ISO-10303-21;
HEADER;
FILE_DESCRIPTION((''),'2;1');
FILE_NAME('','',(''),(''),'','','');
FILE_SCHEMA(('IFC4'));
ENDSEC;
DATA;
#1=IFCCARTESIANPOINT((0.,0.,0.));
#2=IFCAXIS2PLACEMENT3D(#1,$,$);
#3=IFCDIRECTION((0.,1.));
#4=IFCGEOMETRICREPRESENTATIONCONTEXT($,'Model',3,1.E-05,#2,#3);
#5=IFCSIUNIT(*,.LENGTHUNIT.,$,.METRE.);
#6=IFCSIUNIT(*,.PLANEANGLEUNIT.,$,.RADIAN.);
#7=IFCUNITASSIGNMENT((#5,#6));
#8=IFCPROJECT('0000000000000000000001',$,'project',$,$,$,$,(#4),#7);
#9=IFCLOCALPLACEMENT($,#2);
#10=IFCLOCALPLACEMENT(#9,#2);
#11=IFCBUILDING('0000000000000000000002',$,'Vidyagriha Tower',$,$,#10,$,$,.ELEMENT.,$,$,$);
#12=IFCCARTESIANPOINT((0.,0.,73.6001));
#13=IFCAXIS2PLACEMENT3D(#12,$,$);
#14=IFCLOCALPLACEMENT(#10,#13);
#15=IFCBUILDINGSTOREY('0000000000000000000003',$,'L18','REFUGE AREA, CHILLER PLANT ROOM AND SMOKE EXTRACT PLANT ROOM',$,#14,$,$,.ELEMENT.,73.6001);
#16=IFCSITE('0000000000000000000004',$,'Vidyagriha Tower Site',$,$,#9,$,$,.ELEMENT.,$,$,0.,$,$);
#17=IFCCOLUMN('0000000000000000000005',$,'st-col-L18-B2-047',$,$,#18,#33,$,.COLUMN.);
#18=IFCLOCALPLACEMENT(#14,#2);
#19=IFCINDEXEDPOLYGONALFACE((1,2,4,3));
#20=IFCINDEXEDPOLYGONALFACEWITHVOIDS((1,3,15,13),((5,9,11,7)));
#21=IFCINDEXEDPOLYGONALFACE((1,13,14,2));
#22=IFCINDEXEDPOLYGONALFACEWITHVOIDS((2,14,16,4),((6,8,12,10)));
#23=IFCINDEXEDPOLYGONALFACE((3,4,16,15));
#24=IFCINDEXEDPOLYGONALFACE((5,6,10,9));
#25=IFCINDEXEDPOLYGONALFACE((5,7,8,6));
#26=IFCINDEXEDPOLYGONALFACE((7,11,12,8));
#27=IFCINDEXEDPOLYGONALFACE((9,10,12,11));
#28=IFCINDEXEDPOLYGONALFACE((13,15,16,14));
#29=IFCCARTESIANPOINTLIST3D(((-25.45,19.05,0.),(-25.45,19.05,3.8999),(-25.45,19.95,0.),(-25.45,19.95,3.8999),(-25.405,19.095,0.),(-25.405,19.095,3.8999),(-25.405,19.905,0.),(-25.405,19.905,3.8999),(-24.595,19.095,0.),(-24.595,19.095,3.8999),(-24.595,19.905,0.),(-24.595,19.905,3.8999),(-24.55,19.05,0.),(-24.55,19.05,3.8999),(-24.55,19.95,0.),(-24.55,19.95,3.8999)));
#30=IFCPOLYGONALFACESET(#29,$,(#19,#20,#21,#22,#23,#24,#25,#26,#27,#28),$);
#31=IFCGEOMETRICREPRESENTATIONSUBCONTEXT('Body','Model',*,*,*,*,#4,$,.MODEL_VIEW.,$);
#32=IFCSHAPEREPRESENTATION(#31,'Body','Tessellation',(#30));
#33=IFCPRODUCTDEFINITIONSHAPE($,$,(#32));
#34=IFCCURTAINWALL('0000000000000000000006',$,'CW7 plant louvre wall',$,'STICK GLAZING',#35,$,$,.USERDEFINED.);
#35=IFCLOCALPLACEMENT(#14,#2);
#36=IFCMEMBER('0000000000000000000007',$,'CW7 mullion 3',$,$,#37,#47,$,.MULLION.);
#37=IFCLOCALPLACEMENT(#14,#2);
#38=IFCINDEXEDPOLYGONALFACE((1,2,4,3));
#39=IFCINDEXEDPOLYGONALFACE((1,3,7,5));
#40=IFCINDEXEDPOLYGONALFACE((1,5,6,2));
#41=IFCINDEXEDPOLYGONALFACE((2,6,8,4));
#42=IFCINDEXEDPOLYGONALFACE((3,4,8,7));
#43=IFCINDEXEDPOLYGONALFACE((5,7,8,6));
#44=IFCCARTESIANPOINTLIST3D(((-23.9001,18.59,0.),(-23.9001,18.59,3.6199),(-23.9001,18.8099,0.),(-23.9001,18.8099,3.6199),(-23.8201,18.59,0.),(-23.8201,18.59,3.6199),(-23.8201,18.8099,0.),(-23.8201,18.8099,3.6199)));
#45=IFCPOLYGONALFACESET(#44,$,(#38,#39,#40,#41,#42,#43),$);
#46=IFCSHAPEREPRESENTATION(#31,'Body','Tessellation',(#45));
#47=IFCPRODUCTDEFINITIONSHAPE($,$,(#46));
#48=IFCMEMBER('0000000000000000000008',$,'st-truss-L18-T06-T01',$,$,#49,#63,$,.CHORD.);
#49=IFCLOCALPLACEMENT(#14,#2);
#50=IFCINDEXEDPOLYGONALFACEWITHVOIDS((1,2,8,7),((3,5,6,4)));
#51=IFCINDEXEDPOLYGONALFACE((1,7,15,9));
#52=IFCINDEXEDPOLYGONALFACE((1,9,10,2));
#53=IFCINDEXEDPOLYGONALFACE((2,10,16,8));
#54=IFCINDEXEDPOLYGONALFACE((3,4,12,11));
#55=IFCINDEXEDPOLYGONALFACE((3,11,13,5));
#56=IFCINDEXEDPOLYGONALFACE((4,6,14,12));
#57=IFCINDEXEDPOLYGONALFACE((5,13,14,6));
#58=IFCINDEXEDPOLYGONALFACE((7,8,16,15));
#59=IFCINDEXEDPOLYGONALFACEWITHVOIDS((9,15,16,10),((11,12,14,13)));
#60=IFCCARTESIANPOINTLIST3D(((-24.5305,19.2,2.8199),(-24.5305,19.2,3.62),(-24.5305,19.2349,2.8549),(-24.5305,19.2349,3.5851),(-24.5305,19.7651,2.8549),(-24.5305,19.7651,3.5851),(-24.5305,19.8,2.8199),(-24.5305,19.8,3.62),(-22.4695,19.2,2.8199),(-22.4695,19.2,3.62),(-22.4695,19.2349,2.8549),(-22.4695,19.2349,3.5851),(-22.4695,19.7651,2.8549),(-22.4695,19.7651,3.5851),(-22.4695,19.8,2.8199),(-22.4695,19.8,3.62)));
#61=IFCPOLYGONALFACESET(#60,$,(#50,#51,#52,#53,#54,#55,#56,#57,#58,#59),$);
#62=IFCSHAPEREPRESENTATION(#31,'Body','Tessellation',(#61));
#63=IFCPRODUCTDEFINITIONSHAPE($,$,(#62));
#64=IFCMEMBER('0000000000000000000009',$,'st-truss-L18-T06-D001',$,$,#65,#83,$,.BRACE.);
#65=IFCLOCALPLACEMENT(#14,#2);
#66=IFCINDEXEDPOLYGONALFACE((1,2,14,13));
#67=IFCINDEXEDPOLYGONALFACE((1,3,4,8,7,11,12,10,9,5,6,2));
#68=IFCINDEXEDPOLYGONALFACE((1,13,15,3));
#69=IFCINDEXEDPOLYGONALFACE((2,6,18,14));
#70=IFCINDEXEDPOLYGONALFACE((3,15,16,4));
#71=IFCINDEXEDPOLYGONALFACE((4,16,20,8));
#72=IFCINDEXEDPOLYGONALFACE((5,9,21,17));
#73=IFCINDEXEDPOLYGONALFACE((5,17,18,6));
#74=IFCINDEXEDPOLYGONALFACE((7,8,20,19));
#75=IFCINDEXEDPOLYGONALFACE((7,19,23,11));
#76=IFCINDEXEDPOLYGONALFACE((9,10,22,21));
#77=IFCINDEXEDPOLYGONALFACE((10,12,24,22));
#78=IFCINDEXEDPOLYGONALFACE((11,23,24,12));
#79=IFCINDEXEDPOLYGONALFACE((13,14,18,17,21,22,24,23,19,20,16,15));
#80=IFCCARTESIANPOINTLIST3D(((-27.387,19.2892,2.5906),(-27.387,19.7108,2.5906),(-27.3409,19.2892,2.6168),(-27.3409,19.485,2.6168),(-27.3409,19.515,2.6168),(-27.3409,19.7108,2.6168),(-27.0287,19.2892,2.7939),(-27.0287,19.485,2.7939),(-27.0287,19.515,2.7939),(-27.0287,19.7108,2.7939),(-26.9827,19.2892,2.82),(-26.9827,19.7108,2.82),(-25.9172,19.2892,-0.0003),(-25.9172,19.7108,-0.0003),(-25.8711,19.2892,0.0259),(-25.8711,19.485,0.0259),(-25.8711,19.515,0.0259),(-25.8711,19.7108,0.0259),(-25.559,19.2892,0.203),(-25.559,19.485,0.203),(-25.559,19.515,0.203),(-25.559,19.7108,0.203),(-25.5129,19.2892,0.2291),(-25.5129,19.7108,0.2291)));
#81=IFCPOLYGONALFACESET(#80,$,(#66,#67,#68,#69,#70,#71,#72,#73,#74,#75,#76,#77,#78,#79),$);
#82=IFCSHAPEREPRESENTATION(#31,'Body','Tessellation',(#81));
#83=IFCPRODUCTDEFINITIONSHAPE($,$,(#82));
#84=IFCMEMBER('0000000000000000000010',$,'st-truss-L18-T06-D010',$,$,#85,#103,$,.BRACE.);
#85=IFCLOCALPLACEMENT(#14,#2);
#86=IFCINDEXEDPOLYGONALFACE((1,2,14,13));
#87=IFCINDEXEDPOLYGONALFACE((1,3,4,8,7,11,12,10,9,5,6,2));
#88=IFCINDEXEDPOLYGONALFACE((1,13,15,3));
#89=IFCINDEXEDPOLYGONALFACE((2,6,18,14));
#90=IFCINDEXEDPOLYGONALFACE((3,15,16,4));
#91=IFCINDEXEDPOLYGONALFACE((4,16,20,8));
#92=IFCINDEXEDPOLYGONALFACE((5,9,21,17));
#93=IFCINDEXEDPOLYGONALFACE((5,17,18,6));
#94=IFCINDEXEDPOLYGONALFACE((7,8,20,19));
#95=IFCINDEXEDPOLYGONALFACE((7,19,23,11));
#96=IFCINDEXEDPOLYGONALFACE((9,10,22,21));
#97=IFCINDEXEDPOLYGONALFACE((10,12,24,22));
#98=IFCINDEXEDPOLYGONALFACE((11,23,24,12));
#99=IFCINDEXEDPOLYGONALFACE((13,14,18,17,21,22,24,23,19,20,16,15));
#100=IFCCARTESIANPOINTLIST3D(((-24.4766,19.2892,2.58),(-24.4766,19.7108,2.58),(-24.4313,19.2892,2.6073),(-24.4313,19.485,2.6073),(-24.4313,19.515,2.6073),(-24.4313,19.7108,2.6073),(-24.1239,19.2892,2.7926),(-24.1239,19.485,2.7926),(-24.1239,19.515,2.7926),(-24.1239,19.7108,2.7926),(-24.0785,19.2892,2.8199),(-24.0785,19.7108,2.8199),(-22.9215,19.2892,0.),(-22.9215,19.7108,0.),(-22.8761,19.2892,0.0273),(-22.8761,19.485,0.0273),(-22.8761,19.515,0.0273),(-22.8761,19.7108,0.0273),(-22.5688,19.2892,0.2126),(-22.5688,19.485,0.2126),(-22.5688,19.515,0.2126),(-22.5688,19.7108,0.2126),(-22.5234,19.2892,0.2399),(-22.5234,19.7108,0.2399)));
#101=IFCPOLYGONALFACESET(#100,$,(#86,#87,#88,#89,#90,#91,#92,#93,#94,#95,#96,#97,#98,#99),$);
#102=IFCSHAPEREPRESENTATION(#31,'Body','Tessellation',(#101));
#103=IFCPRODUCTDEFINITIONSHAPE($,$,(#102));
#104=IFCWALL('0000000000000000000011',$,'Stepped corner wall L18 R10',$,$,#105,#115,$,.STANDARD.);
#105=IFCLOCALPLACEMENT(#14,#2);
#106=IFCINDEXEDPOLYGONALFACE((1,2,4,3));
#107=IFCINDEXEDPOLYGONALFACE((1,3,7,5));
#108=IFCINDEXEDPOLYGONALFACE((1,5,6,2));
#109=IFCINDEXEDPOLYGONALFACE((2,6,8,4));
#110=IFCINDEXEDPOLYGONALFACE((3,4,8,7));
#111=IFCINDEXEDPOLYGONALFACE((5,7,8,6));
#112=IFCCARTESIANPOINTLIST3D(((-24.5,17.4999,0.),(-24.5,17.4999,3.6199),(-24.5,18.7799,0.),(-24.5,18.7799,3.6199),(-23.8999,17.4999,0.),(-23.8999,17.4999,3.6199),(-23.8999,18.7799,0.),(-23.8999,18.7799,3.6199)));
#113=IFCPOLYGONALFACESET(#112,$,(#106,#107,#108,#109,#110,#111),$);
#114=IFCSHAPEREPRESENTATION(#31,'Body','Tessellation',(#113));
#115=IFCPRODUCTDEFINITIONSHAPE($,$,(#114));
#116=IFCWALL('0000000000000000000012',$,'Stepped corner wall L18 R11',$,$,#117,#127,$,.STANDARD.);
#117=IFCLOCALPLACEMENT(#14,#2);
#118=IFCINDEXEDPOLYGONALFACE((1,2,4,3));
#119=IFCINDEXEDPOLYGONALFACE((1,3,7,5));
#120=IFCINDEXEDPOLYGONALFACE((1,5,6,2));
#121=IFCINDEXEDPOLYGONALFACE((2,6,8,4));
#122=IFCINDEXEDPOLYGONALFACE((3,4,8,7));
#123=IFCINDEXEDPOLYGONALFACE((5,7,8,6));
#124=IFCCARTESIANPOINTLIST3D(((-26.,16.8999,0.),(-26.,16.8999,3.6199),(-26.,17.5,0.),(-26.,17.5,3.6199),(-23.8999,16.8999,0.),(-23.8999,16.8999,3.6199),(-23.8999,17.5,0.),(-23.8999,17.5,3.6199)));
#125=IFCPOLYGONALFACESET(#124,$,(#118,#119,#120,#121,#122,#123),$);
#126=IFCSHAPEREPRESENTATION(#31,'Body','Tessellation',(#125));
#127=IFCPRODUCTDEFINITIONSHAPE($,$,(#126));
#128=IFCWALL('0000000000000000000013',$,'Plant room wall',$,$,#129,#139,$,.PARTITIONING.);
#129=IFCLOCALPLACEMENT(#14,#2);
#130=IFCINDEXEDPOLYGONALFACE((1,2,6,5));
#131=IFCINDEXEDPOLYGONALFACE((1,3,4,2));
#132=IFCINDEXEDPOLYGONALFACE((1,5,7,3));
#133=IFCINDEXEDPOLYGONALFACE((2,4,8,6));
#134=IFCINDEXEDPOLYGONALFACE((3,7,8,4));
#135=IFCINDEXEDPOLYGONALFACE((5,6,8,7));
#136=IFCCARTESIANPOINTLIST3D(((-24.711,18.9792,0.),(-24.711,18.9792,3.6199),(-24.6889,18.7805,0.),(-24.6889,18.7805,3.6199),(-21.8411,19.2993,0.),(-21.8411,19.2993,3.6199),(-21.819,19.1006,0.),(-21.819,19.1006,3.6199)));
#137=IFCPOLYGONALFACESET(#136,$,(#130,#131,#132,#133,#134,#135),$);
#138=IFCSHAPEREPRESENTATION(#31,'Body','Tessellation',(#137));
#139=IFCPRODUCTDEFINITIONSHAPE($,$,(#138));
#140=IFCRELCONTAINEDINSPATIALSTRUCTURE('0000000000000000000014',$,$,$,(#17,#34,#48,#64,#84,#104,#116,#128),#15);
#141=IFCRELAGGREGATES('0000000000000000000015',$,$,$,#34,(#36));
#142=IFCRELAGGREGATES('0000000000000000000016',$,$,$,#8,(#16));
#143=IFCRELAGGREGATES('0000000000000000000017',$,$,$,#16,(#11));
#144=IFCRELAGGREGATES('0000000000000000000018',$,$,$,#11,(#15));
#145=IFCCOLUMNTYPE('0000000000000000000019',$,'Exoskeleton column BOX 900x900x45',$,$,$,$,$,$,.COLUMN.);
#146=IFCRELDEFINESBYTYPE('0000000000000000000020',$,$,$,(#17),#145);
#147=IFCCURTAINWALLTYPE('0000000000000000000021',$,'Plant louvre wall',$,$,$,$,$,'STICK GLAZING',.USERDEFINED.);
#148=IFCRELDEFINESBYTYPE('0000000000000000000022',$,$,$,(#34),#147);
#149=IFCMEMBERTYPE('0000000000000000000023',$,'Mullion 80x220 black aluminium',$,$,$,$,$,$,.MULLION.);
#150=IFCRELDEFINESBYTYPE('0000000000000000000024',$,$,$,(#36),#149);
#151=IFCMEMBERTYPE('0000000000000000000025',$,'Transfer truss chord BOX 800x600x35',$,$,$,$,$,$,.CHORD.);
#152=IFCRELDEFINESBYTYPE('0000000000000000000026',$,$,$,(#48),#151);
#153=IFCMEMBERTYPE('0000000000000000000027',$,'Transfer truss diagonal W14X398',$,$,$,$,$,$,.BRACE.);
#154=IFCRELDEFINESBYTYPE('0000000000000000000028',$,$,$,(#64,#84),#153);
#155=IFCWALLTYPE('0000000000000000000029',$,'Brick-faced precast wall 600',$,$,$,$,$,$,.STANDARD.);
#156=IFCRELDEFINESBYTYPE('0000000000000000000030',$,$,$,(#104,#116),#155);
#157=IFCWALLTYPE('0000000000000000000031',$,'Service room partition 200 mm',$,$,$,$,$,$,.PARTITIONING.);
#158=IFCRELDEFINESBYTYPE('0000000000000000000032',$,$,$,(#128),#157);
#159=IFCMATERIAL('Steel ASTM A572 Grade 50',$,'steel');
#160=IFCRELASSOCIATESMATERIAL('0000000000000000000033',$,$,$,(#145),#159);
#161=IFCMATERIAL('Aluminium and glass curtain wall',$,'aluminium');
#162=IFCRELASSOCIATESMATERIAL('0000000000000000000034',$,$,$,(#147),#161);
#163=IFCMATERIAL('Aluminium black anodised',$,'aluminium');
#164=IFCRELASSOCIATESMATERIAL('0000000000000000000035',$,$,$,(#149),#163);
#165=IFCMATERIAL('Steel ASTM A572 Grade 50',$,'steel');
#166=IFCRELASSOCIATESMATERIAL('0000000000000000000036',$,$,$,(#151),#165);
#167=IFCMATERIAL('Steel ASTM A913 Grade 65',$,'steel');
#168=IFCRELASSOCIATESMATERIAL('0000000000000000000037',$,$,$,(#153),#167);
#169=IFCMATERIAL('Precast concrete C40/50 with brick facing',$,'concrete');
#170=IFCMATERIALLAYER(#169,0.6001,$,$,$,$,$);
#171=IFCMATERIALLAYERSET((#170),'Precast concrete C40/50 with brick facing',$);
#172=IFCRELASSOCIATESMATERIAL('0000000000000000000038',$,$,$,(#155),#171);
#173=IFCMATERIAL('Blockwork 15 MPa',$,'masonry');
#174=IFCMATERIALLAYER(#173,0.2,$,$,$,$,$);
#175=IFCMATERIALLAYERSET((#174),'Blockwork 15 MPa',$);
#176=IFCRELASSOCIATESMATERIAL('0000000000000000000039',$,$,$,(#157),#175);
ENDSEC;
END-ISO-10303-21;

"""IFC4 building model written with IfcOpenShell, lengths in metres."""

from ifc_helpers import new_model, si_unit, direction, frame, frame_2d, origin, origin_2d, place, context, subcontext, project, spatial, rectangle, hollow_rectangle, i_section, extrude, material, layer, layer_set, material_profile, profile_set, type_object, element, aggregate, save


model = new_model("IFC4")

# Units and contexts
model_context = context("Model", 3, precision=1e-05, world=origin(), true_north=direction((0.0, 1.0)))
body_context = subcontext(model_context, "Body", "Model", "MODEL_VIEW")
ifc_project = project(units=[si_unit("LENGTHUNIT", "METRE"), si_unit("PLANEANGLEUNIT", "RADIAN")], contexts=[model_context])

# Site, building, storey
site_placement = place(None, origin())
site = spatial("IfcSite", under=ifc_project, at=site_placement, Name="Vidyagriha Tower Site", CompositionType="ELEMENT", RefElevation=0.0)
building_placement = place(site_placement, origin())
building = spatial("IfcBuilding", under=site, at=building_placement, Name="Vidyagriha Tower", CompositionType="ELEMENT")
storey_placement = place(building_placement, frame((0.0, 0.0, 73.6001)))
storey = spatial("IfcBuildingStorey", under=building, at=storey_placement, Name="L18", Description="REFUGE AREA, CHILLER PLANT ROOM AND SMOKE EXTRACT PLANT ROOM", CompositionType="ELEMENT", Elevation=73.6001)

# Column
ifc_material_1 = material(Name="Steel ASTM A572 Grade 50", Category="steel")
ifc_material_profile_1 = material_profile(ifc_material_1, hollow_rectangle(XDim=0.8999, YDim=0.8999, WallThickness=0.0449, at=origin_2d()), Name="BOX 900x900x45")
ifc_profile_set_1 = profile_set([ifc_material_profile_1], Name="Steel ASTM A572 Grade 50")
column_type = type_object("IfcColumnType", Name="Exoskeleton column BOX 900x900x45", PredefinedType="COLUMN", material=ifc_profile_set_1)
column_placement = place(storey_placement, frame((-25.0, 19.5, 0.0)))
element("IfcColumn", 1, at=column_placement, inside=storey, type_object=column_type, Name="st-col-L18-B2-047", PredefinedType="COLUMN", context=body_context, shape_type="SweptSolid", body=[
    extrude(hollow_rectangle(XDim=0.8999, YDim=0.8999, WallThickness=0.0449, at=origin_2d()), origin(), (0.0, 0.0, 1.0), 3.8999),
])

# Curtain wall, member
ifc_material_2 = material(Name="Aluminium and glass curtain wall", Category="aluminium")
curtain_wall_type = type_object("IfcCurtainWallType", Name="Plant louvre wall", ElementType="STICK GLAZING", PredefinedType="USERDEFINED", material=ifc_material_2)
curtain_wall_placement = place(storey_placement, origin())
curtain_wall = element("IfcCurtainWall", 2, at=curtain_wall_placement, inside=storey, type_object=curtain_wall_type, Name="CW7 plant louvre wall", ObjectType="STICK GLAZING", PredefinedType="USERDEFINED")
ifc_material_3 = material(Name="Aluminium black anodised", Category="aluminium")
ifc_material_profile_2 = material_profile(ifc_material_3, rectangle(XDim=0.22, YDim=0.0801, at=origin_2d()), Name="Mullion 80x220 black aluminium")
ifc_profile_set_2 = profile_set([ifc_material_profile_2], Name="Aluminium black anodised")
member_type_1 = type_object("IfcMemberType", Name="Mullion 80x220 black aluminium", PredefinedType="MULLION", material=ifc_profile_set_2)
member_1_placement = place(storey_placement, frame((-23.8601, 18.7, 0.0), z_axis=(0.0, 0.0, 1.0), x_axis=(0.0, -1.0, 0.0)))
member_1 = element("IfcMember", 3, at=member_1_placement, type_object=member_type_1, Name="CW7 mullion 3", PredefinedType="MULLION", context=body_context, shape_type="SweptSolid", body=[
    extrude(rectangle(XDim=0.22, YDim=0.0801, at=origin_2d()), origin(), (0.0, 0.0, 1.0), 3.6199),
])
aggregate(curtain_wall, [member_1])

# Members
ifc_material_4 = material(Name="Steel ASTM A572 Grade 50", Category="steel")
ifc_material_profile_3 = material_profile(ifc_material_4, hollow_rectangle(XDim=0.6001, YDim=0.8, WallThickness=0.0349, at=origin_2d()), Name="BOX 800x600x35")
ifc_profile_set_3 = profile_set([ifc_material_profile_3], Name="Steel ASTM A572 Grade 50")
member_type_2 = type_object("IfcMemberType", Name="Transfer truss chord BOX 800x600x35", PredefinedType="CHORD", material=ifc_profile_set_3)
member_2_placement = place(storey_placement, frame((-24.5305, 19.5, 3.22), z_axis=(1.0, 0.0, 0.0), x_axis=(0.0, 1.0, 0.0)))
element("IfcMember", 4, at=member_2_placement, inside=storey, type_object=member_type_2, Name="st-truss-L18-T06-T01", PredefinedType="CHORD", context=body_context, shape_type="SweptSolid", body=[
    extrude(hollow_rectangle(XDim=0.6001, YDim=0.8, WallThickness=0.0349, at=origin_2d()), origin(), (0.0, 0.0, 1.0), 2.061),
])
ifc_material_5 = material(Name="Steel ASTM A913 Grade 65", Category="steel")
ifc_material_profile_4 = material_profile(ifc_material_5, i_section(OverallWidth=0.4216, OverallDepth=0.4648, WebThickness=0.03, FlangeThickness=0.053, at=origin_2d()), Name="W14X398")
ifc_profile_set_4 = profile_set([ifc_material_profile_4], Name="Steel ASTM A913 Grade 65")
member_type_3 = type_object("IfcMemberType", Name="Transfer truss diagonal W14X398", PredefinedType="BRACE", material=ifc_profile_set_4)
member_3_placement = place(storey_placement, frame((-27.1848, 19.5, 2.7053), z_axis=(0.493418, 0.0, -0.869792), x_axis=(0.0, 1.0, 0.0)))
element("IfcMember", 5, at=member_3_placement, inside=storey, type_object=member_type_3, Name="st-truss-L18-T06-D001", PredefinedType="BRACE", context=body_context, shape_type="SweptSolid", body=[
    extrude(i_section(OverallWidth=0.4216, OverallDepth=0.4648, WebThickness=0.03, FlangeThickness=0.053, at=origin_2d()), origin(), (0.0, 0.0, 1.0), 2.9788),
])
member_4_placement = place(storey_placement, frame((-24.2776, 19.5, 2.7), z_axis=(0.516235, 0.0, -0.856447), x_axis=(0.0, 1.0, 0.0)))
element("IfcMember", 6, at=member_4_placement, inside=storey, type_object=member_type_3, Name="st-truss-L18-T06-D010", PredefinedType="BRACE", context=body_context, shape_type="SweptSolid", body=[
    extrude(i_section(OverallWidth=0.4216, OverallDepth=0.4648, WebThickness=0.03, FlangeThickness=0.053, at=origin_2d()), origin(), (0.0, 0.0, 1.0), 3.0125),
])

# Walls
ifc_material_6 = material(Name="Precast concrete C40/50 with brick facing", Category="concrete")
ifc_layer_1 = layer(ifc_material_6, 0.6001)
ifc_layer_set_1 = layer_set([ifc_layer_1], Name="Precast concrete C40/50 with brick facing")
wall_type_1 = type_object("IfcWallType", Name="Brick-faced precast wall 600", PredefinedType="STANDARD", material=ifc_layer_set_1)
wall_1_placement = place(storey_placement, frame((-24.2, 18.78, 0.0), z_axis=(0.0, 0.0, 1.0), x_axis=(0.0, -1.0, 0.0)))
element("IfcWall", 7, at=wall_1_placement, inside=storey, type_object=wall_type_1, Name="Stepped corner wall L18 R10", PredefinedType="STANDARD", context=body_context, shape_type="SweptSolid", body=[
    extrude(rectangle(XDim=1.28, YDim=0.6001, at=frame_2d((0.6401, 0.0))), origin(), (0.0, 0.0, 1.0), 3.6199),
])
wall_2_placement = place(storey_placement, frame((-23.8999, 17.2, 0.0), z_axis=(0.0, 0.0, 1.0), x_axis=(-1.0, 0.0, 0.0)))
element("IfcWall", 8, at=wall_2_placement, inside=storey, type_object=wall_type_1, Name="Stepped corner wall L18 R11", PredefinedType="STANDARD", context=body_context, shape_type="SweptSolid", body=[
    extrude(rectangle(XDim=2.1001, YDim=0.6001, at=frame_2d((1.05, 0.0))), origin(), (0.0, 0.0, 1.0), 3.6199),
])
ifc_material_7 = material(Name="Blockwork 15 MPa", Category="masonry")
ifc_layer_2 = layer(ifc_material_7, 0.2)
ifc_layer_set_2 = layer_set([ifc_layer_2], Name="Blockwork 15 MPa")
wall_type_2 = type_object("IfcWallType", Name="Service room partition 200 mm", PredefinedType="PARTITIONING", material=ifc_layer_set_2)
wall_3_placement = place(storey_placement, frame((-24.7, 18.8799, 0.0), z_axis=(0.0, 0.0, 1.0), x_axis=(0.993838, 0.11084, 0.0)))
element("IfcWall", 9, at=wall_3_placement, inside=storey, type_object=wall_type_2, Name="Plant room wall", PredefinedType="PARTITIONING", context=body_context, shape_type="SweptSolid", body=[
    extrude(rectangle(XDim=2.8877, YDim=0.2, at=frame_2d((1.4438, 0.0))), origin(), (0.0, 0.0, 1.0), 3.6199),
])

save(model, "model.ifc")
